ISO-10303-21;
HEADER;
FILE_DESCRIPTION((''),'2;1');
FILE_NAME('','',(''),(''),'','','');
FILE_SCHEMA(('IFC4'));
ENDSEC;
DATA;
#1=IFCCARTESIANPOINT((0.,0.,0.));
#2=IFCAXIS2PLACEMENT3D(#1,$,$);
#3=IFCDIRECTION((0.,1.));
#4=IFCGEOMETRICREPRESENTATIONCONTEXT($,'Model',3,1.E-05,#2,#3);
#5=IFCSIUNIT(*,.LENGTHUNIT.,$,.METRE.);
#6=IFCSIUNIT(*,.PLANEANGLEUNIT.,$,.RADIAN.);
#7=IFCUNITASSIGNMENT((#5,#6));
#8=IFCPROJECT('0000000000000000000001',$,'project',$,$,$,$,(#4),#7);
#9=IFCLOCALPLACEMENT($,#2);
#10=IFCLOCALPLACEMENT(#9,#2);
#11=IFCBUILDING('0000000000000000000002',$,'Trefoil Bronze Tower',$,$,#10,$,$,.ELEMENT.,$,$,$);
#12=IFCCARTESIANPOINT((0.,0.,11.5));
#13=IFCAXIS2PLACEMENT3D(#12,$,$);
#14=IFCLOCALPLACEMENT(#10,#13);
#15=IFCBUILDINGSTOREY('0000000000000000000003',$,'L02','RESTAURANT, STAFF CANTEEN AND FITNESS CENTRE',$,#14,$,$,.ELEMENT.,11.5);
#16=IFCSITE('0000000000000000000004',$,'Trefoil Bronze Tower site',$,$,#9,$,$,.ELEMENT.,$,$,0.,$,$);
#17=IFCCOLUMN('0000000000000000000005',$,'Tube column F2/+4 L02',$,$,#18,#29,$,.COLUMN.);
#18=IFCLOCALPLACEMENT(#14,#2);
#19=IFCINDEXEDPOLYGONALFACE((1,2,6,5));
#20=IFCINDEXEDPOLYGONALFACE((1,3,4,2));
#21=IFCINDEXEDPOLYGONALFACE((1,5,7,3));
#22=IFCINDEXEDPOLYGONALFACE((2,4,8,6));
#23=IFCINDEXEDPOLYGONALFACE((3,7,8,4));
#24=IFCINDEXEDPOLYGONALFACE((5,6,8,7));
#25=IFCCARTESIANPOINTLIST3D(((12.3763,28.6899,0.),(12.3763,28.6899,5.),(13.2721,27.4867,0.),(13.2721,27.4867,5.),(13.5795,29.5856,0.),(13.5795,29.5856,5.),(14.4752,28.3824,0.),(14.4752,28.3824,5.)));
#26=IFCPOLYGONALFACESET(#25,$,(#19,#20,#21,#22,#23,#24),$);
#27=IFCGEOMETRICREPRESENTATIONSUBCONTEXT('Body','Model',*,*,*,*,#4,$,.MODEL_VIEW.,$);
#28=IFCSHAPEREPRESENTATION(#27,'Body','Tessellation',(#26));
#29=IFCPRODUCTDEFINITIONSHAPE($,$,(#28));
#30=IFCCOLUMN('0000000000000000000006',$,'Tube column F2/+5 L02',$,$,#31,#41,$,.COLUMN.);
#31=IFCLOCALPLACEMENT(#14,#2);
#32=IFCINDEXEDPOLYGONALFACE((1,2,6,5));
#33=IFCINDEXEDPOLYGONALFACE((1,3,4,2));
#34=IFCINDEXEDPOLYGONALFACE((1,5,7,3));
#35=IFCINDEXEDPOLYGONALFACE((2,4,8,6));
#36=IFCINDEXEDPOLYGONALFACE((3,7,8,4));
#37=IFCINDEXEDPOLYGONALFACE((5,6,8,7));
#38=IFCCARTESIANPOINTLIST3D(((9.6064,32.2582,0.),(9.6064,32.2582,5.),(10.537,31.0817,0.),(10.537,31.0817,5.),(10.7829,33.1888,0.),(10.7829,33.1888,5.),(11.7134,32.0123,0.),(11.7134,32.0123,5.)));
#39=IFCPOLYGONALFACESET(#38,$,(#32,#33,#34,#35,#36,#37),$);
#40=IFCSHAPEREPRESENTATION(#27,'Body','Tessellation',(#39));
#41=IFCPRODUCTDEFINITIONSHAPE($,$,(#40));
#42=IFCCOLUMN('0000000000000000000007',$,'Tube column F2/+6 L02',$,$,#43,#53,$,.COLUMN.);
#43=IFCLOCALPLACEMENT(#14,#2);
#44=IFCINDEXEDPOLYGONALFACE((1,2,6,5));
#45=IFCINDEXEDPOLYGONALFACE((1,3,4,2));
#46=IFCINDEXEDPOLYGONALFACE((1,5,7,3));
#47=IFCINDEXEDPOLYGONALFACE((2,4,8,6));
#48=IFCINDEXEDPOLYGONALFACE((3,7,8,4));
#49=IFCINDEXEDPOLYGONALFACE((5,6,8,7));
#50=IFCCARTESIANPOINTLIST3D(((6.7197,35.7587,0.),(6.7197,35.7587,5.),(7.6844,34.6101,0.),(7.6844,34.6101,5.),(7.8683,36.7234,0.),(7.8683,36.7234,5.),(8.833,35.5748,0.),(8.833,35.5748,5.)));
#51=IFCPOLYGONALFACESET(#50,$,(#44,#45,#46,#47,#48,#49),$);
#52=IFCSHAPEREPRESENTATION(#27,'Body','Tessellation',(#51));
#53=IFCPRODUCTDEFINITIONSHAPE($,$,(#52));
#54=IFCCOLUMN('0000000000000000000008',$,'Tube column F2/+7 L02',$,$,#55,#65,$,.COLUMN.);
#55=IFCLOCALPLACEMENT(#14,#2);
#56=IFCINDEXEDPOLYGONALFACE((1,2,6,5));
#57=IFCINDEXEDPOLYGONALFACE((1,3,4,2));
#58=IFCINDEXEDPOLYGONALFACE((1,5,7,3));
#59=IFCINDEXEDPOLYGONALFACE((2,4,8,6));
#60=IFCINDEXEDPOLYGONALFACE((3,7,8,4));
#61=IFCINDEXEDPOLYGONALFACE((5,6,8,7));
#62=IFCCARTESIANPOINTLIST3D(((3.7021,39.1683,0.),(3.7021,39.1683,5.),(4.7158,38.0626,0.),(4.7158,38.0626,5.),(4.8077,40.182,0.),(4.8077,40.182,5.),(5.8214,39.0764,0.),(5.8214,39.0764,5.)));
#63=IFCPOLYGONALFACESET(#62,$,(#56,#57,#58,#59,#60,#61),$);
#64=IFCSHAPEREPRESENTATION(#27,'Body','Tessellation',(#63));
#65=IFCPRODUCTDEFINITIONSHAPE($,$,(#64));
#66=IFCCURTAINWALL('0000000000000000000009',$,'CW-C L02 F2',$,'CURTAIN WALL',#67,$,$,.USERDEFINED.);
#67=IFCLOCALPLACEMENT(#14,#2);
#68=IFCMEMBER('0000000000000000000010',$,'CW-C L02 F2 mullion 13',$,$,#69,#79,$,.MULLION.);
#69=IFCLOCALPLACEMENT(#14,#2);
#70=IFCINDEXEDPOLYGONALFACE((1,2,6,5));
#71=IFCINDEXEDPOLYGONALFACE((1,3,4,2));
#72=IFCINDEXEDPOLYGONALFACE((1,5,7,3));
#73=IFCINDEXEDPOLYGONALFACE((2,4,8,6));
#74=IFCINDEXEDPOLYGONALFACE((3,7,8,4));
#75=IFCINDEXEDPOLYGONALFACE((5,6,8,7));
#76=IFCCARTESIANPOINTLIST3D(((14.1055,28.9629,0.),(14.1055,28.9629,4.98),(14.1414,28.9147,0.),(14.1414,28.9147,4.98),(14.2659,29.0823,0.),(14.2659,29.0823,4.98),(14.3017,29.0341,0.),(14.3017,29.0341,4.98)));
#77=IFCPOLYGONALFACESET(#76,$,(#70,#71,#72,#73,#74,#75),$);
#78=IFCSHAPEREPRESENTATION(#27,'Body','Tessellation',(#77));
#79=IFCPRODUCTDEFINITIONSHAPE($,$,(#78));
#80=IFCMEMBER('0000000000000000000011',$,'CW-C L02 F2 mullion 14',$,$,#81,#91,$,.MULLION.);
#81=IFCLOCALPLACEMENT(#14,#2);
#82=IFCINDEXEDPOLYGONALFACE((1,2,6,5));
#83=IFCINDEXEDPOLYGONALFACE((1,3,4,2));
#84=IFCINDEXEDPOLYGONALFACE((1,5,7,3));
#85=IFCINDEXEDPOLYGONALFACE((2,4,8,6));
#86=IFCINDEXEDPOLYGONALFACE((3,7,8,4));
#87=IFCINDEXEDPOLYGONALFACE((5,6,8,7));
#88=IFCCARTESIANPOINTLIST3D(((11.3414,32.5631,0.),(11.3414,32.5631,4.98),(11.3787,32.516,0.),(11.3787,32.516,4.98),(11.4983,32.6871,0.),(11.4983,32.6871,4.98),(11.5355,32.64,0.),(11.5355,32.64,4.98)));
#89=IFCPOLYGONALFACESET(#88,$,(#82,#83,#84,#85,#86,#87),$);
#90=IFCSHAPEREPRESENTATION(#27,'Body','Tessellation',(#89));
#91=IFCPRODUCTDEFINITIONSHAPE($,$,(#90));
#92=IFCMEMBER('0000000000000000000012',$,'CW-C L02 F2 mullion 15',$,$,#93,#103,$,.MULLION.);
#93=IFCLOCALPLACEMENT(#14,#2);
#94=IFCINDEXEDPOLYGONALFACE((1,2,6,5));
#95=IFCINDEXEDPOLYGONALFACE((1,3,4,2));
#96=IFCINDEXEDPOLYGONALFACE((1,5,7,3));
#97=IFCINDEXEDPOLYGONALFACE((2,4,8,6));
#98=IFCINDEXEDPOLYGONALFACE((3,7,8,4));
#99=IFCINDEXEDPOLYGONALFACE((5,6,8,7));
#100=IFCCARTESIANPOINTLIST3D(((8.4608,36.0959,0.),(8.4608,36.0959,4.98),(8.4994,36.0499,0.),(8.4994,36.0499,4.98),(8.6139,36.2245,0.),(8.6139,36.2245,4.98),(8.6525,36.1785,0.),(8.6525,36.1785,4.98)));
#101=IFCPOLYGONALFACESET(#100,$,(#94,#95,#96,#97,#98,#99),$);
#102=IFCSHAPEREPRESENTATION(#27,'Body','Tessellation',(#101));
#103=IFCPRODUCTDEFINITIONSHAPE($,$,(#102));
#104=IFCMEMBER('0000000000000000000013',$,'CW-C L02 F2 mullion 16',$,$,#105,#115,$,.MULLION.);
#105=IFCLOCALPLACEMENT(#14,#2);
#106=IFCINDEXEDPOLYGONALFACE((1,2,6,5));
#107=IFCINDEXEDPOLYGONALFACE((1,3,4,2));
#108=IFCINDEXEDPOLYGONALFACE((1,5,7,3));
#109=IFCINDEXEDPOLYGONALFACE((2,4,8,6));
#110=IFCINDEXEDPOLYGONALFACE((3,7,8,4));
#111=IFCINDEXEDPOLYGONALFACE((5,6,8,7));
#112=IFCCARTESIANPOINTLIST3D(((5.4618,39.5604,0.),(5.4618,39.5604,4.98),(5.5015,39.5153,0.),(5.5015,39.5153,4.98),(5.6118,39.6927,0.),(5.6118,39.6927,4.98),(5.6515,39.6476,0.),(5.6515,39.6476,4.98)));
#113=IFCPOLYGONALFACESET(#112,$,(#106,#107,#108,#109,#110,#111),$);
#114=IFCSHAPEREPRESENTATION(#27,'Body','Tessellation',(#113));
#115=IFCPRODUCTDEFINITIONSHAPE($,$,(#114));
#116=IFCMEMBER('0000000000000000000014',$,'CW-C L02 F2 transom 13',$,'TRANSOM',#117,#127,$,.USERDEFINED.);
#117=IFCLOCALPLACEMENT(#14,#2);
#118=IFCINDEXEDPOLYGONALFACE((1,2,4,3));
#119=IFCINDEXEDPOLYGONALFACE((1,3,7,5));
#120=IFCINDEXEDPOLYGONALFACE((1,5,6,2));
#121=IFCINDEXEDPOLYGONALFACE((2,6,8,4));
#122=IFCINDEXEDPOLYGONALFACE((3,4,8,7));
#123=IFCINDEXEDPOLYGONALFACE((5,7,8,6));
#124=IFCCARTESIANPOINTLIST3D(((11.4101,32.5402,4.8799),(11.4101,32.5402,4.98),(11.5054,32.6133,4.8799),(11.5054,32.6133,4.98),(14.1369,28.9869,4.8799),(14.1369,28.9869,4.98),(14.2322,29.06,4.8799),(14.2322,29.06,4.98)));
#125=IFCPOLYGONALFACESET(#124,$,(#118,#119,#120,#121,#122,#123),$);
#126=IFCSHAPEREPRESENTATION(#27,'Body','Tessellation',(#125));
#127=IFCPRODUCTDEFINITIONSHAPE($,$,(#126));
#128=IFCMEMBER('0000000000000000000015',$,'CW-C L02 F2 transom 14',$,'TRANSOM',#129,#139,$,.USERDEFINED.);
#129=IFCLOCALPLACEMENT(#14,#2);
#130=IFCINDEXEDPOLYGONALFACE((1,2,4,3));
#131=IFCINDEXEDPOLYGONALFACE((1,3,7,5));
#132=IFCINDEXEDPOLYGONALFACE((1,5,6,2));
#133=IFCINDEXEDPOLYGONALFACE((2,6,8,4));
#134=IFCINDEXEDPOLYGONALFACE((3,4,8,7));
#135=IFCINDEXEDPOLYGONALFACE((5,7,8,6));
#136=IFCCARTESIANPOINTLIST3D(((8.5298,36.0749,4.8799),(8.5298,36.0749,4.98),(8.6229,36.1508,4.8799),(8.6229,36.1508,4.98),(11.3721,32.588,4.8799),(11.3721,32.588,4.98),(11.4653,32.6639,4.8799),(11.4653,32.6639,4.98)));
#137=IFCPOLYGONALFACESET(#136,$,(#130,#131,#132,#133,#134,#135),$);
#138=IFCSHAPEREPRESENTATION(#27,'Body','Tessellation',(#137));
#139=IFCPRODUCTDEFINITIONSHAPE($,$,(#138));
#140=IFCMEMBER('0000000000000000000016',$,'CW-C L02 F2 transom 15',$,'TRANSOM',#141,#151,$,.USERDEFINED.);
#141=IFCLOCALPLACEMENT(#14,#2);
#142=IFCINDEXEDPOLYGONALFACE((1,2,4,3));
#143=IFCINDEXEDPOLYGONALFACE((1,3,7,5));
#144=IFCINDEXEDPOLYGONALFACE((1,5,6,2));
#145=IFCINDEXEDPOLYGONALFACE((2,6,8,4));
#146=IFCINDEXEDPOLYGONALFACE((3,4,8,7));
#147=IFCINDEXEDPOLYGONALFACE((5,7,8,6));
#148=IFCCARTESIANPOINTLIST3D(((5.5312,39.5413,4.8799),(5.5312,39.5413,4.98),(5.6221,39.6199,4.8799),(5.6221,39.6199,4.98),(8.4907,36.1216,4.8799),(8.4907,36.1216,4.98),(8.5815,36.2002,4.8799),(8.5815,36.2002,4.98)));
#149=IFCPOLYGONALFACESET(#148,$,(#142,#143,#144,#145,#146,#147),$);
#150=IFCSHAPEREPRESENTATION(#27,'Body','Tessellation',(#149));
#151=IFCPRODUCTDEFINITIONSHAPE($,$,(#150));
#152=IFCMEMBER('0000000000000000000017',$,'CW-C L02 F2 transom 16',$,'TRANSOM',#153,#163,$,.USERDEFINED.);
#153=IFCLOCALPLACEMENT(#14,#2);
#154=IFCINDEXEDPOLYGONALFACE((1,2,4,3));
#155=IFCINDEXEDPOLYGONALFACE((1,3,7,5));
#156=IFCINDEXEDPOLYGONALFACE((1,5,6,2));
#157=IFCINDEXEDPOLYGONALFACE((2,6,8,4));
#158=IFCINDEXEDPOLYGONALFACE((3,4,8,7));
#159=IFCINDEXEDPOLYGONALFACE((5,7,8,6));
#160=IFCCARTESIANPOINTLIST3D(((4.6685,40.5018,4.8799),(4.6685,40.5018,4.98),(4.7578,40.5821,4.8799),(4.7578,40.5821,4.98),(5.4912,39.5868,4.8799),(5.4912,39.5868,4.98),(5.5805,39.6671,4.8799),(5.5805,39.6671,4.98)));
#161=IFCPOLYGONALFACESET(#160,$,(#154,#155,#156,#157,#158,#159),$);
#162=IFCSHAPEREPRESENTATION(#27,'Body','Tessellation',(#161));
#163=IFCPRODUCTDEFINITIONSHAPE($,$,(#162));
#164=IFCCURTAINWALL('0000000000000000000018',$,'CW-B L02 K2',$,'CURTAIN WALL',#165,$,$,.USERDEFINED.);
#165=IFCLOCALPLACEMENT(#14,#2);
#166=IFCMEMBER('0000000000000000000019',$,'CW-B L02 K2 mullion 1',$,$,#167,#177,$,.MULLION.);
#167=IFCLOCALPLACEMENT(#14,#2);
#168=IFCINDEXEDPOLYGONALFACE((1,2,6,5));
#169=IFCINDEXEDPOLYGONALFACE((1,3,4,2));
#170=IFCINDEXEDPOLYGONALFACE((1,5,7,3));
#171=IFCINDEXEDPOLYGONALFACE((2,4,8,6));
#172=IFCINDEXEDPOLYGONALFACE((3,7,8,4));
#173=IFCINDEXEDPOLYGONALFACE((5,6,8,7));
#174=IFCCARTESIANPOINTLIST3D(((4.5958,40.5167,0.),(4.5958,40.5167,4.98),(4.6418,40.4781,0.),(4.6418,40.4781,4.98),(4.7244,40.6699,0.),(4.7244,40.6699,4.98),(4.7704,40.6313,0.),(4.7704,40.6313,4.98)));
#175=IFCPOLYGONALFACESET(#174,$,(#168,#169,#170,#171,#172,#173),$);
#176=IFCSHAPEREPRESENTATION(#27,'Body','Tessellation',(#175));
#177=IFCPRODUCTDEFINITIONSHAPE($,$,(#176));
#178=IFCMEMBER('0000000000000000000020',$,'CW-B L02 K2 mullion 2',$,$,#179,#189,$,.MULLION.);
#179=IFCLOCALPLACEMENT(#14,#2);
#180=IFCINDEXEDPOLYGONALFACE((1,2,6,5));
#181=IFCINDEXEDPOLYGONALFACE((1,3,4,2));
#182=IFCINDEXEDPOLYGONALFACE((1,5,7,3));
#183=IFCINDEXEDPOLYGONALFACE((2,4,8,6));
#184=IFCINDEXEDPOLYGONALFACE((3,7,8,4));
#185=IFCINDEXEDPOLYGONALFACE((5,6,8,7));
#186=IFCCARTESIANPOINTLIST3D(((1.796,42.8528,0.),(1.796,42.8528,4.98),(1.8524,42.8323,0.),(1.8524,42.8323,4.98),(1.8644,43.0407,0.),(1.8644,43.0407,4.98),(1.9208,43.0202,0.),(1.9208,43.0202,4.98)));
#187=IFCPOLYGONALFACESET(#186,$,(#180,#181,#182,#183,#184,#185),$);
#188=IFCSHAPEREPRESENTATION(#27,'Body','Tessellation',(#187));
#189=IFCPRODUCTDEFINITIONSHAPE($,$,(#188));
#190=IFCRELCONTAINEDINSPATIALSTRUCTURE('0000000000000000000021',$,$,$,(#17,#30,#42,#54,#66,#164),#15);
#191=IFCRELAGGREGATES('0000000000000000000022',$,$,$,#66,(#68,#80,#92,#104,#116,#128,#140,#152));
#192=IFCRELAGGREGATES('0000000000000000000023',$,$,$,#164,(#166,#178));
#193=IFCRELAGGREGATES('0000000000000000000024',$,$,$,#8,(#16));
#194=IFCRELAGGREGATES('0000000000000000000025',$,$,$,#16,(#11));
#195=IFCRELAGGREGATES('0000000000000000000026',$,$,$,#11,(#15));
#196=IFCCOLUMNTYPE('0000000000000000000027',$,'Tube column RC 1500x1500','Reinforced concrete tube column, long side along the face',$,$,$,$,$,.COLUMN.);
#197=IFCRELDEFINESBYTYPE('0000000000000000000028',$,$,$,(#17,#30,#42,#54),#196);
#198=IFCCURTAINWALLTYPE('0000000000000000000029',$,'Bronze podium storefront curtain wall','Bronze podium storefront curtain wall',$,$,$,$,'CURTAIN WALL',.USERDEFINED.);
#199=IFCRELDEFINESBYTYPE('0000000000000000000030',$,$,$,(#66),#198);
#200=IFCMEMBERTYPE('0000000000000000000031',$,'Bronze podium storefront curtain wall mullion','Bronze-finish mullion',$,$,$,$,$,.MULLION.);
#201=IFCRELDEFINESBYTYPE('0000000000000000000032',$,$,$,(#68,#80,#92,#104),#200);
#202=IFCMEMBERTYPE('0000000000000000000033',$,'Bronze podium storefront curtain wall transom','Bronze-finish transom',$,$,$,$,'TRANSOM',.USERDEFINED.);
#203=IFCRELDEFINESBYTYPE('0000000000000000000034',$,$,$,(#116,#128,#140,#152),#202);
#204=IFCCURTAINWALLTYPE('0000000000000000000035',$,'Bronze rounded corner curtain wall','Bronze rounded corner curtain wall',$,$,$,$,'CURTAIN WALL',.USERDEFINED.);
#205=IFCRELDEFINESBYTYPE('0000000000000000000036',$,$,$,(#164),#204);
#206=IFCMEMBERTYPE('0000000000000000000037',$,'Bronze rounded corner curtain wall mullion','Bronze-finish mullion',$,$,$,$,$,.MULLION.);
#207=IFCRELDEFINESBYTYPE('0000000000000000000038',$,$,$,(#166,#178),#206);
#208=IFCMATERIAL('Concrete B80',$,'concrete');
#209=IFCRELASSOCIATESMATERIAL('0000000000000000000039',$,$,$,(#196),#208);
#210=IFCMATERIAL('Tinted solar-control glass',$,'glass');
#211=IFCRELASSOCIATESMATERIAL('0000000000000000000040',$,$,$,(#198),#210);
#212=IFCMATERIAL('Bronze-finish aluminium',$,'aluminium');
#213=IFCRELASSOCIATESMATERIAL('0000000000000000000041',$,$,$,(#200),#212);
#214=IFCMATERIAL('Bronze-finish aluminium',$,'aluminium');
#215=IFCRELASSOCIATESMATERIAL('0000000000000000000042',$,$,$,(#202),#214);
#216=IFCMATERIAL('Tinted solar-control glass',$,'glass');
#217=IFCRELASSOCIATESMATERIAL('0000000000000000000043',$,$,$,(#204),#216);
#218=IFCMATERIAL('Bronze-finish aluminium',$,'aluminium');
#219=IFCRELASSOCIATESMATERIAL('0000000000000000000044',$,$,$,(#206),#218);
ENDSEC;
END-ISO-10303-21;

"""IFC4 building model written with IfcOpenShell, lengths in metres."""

from ifc_helpers import new_model, si_unit, direction, frame, origin, origin_2d, place, context, subcontext, project, spatial, rectangle, extrude, material, material_profile, profile_set, type_object, element, aggregate, save


model = new_model("IFC4")

# Units and contexts
model_context = context("Model", 3, precision=1e-05, world=origin(), true_north=direction((0.0, 1.0)))
body_context = subcontext(model_context, "Body", "Model", "MODEL_VIEW")
ifc_project = project(units=[si_unit("LENGTHUNIT", "METRE"), si_unit("PLANEANGLEUNIT", "RADIAN")], contexts=[model_context])

# Site, building, storey
site_placement = place(None, origin())
site = spatial("IfcSite", under=ifc_project, at=site_placement, Name="Trefoil Bronze Tower site", CompositionType="ELEMENT", RefElevation=0.0)
building_placement = place(site_placement, origin())
building = spatial("IfcBuilding", under=site, at=building_placement, Name="Trefoil Bronze Tower", CompositionType="ELEMENT")
storey_placement = place(building_placement, frame((0.0, 0.0, 11.5)))
storey = spatial("IfcBuildingStorey", under=building, at=storey_placement, Name="L02", Description="RESTAURANT, STAFF CANTEEN AND FITNESS CENTRE", CompositionType="ELEMENT", Elevation=11.5)

# Columns
ifc_material_1 = material(Name="Concrete B80", Category="concrete")
ifc_material_profile_1 = material_profile(ifc_material_1, rectangle(XDim=1.5, YDim=1.5, at=origin_2d()), Name="RC 1500x1500")
ifc_profile_set_1 = profile_set([ifc_material_profile_1], Name="Concrete B80")
column_type = type_object("IfcColumnType", Name="Tube column RC 1500x1500", Description="Reinforced concrete tube column, long side along the face", PredefinedType="COLUMN", material=ifc_profile_set_1)
for number, where, z_axis, x_axis, name in (
    (1, (13.4258, 28.5361, 0.0), (0.0, 0.0, 1.0), (-0.597154, 0.802127, 0.0), "Tube column F2/+4 L02"),
    (2, (10.6599, 32.1353, 0.0), (0.0, 0.0, 1.0), (-0.620376, 0.784305, 0.0), "Tube column F2/+5 L02"),
    (3, (7.7764, 35.6667, 0.0), (0.0, 0.0, 1.0), (-0.643163, 0.765729, 0.0), "Tube column F2/+6 L02"),
    (4, (4.7617, 39.1223, 0.0), (0.0, 0.0, 1.0), (-0.675816, 0.73707, 0.0), "Tube column F2/+7 L02"),
):
    element("IfcColumn", number, at=place(storey_placement, frame(where, z_axis=z_axis, x_axis=x_axis)), inside=storey, type_object=column_type, Name=name, PredefinedType="COLUMN", context=body_context, shape_type="SweptSolid", body=[
        extrude(rectangle(XDim=1.5, YDim=1.5, at=origin_2d()), origin(), (0.0, 0.0, 1.0), 5.0),
    ])

# Curtain walls, members
ifc_material_2 = material(Name="Tinted solar-control glass", Category="glass")
curtain_wall_type_1 = type_object("IfcCurtainWallType", Name="Bronze podium storefront curtain wall", Description="Bronze podium storefront curtain wall", ElementType="CURTAIN WALL", PredefinedType="USERDEFINED", material=ifc_material_2)
curtain_wall_1_placement = place(storey_placement, origin())
curtain_wall_1 = element("IfcCurtainWall", 5, at=curtain_wall_1_placement, inside=storey, type_object=curtain_wall_type_1, Name="CW-C L02 F2", ObjectType="CURTAIN WALL", PredefinedType="USERDEFINED")
ifc_material_3 = material(Name="Bronze-finish aluminium", Category="aluminium")
ifc_material_profile_2 = material_profile(ifc_material_3, rectangle(XDim=0.2, YDim=0.0601, at=origin_2d()), Name="CW-C mullion")
ifc_profile_set_2 = profile_set([ifc_material_profile_2], Name="Bronze-finish aluminium")
member_type_1 = type_object("IfcMemberType", Name="Bronze podium storefront curtain wall mullion", Description="Bronze-finish mullion", PredefinedType="MULLION", material=ifc_profile_set_2)
member_1_placement = place(storey_placement, frame((14.2036, 28.9985, 0.0), z_axis=(0.0, 0.0, 1.0), x_axis=(-0.802127, -0.597154, 0.0)))
member_1 = element("IfcMember", 6, at=member_1_placement, type_object=member_type_1, Name="CW-C L02 F2 mullion 13", PredefinedType="MULLION", context=body_context, shape_type="SweptSolid", body=[
    extrude(rectangle(XDim=0.2, YDim=0.0601, at=origin_2d()), origin(), (0.0, 0.0, 1.0), 4.98),
])
member_2_placement = place(storey_placement, frame((11.4385, 32.6016, 0.0), z_axis=(0.0, 0.0, 1.0), x_axis=(-0.784305, -0.620376, 0.0)))
member_2 = element("IfcMember", 7, at=member_2_placement, type_object=member_type_1, Name="CW-C L02 F2 mullion 14", PredefinedType="MULLION", context=body_context, shape_type="SweptSolid", body=[
    extrude(rectangle(XDim=0.2, YDim=0.0601, at=origin_2d()), origin(), (0.0, 0.0, 1.0), 4.98),
])
member_3_placement = place(storey_placement, frame((8.5566, 36.1372, 0.0), z_axis=(0.0, 0.0, 1.0), x_axis=(-0.765729, -0.643163, 0.0)))
member_3 = element("IfcMember", 8, at=member_3_placement, type_object=member_type_1, Name="CW-C L02 F2 mullion 15", PredefinedType="MULLION", context=body_context, shape_type="SweptSolid", body=[
    extrude(rectangle(XDim=0.2, YDim=0.0601, at=origin_2d()), origin(), (0.0, 0.0, 1.0), 4.98),
])
member_4_placement = place(storey_placement, frame((5.5566, 39.604, 0.0), z_axis=(0.0, 0.0, 1.0), x_axis=(-0.749941, -0.661505, 0.0)))
member_4 = element("IfcMember", 9, at=member_4_placement, type_object=member_type_1, Name="CW-C L02 F2 mullion 16", PredefinedType="MULLION", context=body_context, shape_type="SweptSolid", body=[
    extrude(rectangle(XDim=0.2, YDim=0.0601, at=origin_2d()), origin(), (0.0, 0.0, 1.0), 4.98),
])
ifc_material_4 = material(Name="Bronze-finish aluminium", Category="aluminium")
ifc_material_profile_3 = material_profile(ifc_material_4, rectangle(XDim=0.1201, YDim=0.1001, at=origin_2d()), Name="CW-C transom")
ifc_profile_set_3 = profile_set([ifc_material_profile_3], Name="Bronze-finish aluminium")
member_type_2 = type_object("IfcMemberType", Name="Bronze podium storefront curtain wall transom", Description="Bronze-finish transom", ElementType="TRANSOM", PredefinedType="USERDEFINED", material=ifc_profile_set_3)
member_5_placement = place(storey_placement, frame((14.1846, 29.0234, 4.9299), z_axis=(-0.608807, 0.793319, 0.0), x_axis=(-0.793319, -0.608807, 0.0)))
member_5 = element("IfcMember", 10, at=member_5_placement, type_object=member_type_2, Name="CW-C L02 F2 transom 13", ObjectType="TRANSOM", PredefinedType="USERDEFINED", context=body_context, shape_type="SweptSolid", body=[
    extrude(rectangle(XDim=0.1201, YDim=0.1001, at=origin_2d()), origin(), (0.0, 0.0, 1.0), 4.479),
])
member_6_placement = place(storey_placement, frame((11.4187, 32.626, 4.9299), z_axis=(-0.63183, 0.775107, 0.0), x_axis=(-0.775107, -0.63183, 0.0)))
member_6 = element("IfcMember", 11, at=member_6_placement, type_object=member_type_2, Name="CW-C L02 F2 transom 14", ObjectType="TRANSOM", PredefinedType="USERDEFINED", context=body_context, shape_type="SweptSolid", body=[
    extrude(rectangle(XDim=0.1201, YDim=0.1001, at=origin_2d()), origin(), (0.0, 0.0, 1.0), 4.4985),
])
member_7_placement = place(storey_placement, frame((8.5361, 36.1609, 4.9299), z_axis=(-0.654394, 0.756154, 0.0), x_axis=(-0.756154, -0.654394, 0.0)))
member_7 = element("IfcMember", 12, at=member_7_placement, type_object=member_type_2, Name="CW-C L02 F2 transom 15", ObjectType="TRANSOM", PredefinedType="USERDEFINED", context=body_context, shape_type="SweptSolid", body=[
    extrude(rectangle(XDim=0.1201, YDim=0.1001, at=origin_2d()), origin(), (0.0, 0.0, 1.0), 4.5225),
])
member_8_placement = place(storey_placement, frame((5.5359, 39.627, 4.9299), z_axis=(-0.668614, 0.74361, 0.0), x_axis=(-0.74361, -0.668614, 0.0)))
member_8 = element("IfcMember", 13, at=member_8_placement, type_object=member_type_2, Name="CW-C L02 F2 transom 16", ObjectType="TRANSOM", PredefinedType="USERDEFINED", context=body_context, shape_type="SweptSolid", body=[
    extrude(rectangle(XDim=0.1201, YDim=0.1001, at=origin_2d()), origin(), (0.0, 0.0, 1.0), 1.2305),
])
ifc_material_5 = material(Name="Tinted solar-control glass", Category="glass")
curtain_wall_type_2 = type_object("IfcCurtainWallType", Name="Bronze rounded corner curtain wall", Description="Bronze rounded corner curtain wall", ElementType="CURTAIN WALL", PredefinedType="USERDEFINED", material=ifc_material_5)
curtain_wall_2_placement = place(storey_placement, origin())
curtain_wall_2 = element("IfcCurtainWall", 14, at=curtain_wall_2_placement, inside=storey, type_object=curtain_wall_type_2, Name="CW-B L02 K2", ObjectType="CURTAIN WALL", PredefinedType="USERDEFINED")
ifc_material_6 = material(Name="Bronze-finish aluminium", Category="aluminium")
ifc_material_profile_4 = material_profile(ifc_material_6, rectangle(XDim=0.2, YDim=0.0601, at=origin_2d()), Name="CW-B mullion")
ifc_profile_set_4 = profile_set([ifc_material_profile_4], Name="Bronze-finish aluminium")
member_type_3 = type_object("IfcMemberType", Name="Bronze rounded corner curtain wall mullion", Description="Bronze-finish mullion", PredefinedType="MULLION", material=ifc_profile_set_4)
member_9_placement = place(storey_placement, frame((4.6831, 40.574, 0.0), z_axis=(0.0, 0.0, 1.0), x_axis=(-0.642788, -0.766044, 0.0)))
member_9 = element("IfcMember", 15, at=member_9_placement, type_object=member_type_3, Name="CW-B L02 K2 mullion 1", PredefinedType="MULLION", context=body_context, shape_type="SweptSolid", body=[
    extrude(rectangle(XDim=0.2, YDim=0.0601, at=origin_2d()), origin(), (0.0, 0.0, 1.0), 4.98),
])
member_10_placement = place(storey_placement, frame((1.8584, 42.9365, 0.0), z_axis=(0.0, 0.0, 1.0), x_axis=(-0.34202, -0.939693, 0.0)))
member_10 = element("IfcMember", 16, at=member_10_placement, type_object=member_type_3, Name="CW-B L02 K2 mullion 2", PredefinedType="MULLION", context=body_context, shape_type="SweptSolid", body=[
    extrude(rectangle(XDim=0.2, YDim=0.0601, at=origin_2d()), origin(), (0.0, 0.0, 1.0), 4.98),
])

aggregate(curtain_wall_1, [member_1, member_2, member_3, member_4, member_5, member_6, member_7, member_8])
aggregate(curtain_wall_2, [member_9, member_10])

save(model, "model.ifc")
